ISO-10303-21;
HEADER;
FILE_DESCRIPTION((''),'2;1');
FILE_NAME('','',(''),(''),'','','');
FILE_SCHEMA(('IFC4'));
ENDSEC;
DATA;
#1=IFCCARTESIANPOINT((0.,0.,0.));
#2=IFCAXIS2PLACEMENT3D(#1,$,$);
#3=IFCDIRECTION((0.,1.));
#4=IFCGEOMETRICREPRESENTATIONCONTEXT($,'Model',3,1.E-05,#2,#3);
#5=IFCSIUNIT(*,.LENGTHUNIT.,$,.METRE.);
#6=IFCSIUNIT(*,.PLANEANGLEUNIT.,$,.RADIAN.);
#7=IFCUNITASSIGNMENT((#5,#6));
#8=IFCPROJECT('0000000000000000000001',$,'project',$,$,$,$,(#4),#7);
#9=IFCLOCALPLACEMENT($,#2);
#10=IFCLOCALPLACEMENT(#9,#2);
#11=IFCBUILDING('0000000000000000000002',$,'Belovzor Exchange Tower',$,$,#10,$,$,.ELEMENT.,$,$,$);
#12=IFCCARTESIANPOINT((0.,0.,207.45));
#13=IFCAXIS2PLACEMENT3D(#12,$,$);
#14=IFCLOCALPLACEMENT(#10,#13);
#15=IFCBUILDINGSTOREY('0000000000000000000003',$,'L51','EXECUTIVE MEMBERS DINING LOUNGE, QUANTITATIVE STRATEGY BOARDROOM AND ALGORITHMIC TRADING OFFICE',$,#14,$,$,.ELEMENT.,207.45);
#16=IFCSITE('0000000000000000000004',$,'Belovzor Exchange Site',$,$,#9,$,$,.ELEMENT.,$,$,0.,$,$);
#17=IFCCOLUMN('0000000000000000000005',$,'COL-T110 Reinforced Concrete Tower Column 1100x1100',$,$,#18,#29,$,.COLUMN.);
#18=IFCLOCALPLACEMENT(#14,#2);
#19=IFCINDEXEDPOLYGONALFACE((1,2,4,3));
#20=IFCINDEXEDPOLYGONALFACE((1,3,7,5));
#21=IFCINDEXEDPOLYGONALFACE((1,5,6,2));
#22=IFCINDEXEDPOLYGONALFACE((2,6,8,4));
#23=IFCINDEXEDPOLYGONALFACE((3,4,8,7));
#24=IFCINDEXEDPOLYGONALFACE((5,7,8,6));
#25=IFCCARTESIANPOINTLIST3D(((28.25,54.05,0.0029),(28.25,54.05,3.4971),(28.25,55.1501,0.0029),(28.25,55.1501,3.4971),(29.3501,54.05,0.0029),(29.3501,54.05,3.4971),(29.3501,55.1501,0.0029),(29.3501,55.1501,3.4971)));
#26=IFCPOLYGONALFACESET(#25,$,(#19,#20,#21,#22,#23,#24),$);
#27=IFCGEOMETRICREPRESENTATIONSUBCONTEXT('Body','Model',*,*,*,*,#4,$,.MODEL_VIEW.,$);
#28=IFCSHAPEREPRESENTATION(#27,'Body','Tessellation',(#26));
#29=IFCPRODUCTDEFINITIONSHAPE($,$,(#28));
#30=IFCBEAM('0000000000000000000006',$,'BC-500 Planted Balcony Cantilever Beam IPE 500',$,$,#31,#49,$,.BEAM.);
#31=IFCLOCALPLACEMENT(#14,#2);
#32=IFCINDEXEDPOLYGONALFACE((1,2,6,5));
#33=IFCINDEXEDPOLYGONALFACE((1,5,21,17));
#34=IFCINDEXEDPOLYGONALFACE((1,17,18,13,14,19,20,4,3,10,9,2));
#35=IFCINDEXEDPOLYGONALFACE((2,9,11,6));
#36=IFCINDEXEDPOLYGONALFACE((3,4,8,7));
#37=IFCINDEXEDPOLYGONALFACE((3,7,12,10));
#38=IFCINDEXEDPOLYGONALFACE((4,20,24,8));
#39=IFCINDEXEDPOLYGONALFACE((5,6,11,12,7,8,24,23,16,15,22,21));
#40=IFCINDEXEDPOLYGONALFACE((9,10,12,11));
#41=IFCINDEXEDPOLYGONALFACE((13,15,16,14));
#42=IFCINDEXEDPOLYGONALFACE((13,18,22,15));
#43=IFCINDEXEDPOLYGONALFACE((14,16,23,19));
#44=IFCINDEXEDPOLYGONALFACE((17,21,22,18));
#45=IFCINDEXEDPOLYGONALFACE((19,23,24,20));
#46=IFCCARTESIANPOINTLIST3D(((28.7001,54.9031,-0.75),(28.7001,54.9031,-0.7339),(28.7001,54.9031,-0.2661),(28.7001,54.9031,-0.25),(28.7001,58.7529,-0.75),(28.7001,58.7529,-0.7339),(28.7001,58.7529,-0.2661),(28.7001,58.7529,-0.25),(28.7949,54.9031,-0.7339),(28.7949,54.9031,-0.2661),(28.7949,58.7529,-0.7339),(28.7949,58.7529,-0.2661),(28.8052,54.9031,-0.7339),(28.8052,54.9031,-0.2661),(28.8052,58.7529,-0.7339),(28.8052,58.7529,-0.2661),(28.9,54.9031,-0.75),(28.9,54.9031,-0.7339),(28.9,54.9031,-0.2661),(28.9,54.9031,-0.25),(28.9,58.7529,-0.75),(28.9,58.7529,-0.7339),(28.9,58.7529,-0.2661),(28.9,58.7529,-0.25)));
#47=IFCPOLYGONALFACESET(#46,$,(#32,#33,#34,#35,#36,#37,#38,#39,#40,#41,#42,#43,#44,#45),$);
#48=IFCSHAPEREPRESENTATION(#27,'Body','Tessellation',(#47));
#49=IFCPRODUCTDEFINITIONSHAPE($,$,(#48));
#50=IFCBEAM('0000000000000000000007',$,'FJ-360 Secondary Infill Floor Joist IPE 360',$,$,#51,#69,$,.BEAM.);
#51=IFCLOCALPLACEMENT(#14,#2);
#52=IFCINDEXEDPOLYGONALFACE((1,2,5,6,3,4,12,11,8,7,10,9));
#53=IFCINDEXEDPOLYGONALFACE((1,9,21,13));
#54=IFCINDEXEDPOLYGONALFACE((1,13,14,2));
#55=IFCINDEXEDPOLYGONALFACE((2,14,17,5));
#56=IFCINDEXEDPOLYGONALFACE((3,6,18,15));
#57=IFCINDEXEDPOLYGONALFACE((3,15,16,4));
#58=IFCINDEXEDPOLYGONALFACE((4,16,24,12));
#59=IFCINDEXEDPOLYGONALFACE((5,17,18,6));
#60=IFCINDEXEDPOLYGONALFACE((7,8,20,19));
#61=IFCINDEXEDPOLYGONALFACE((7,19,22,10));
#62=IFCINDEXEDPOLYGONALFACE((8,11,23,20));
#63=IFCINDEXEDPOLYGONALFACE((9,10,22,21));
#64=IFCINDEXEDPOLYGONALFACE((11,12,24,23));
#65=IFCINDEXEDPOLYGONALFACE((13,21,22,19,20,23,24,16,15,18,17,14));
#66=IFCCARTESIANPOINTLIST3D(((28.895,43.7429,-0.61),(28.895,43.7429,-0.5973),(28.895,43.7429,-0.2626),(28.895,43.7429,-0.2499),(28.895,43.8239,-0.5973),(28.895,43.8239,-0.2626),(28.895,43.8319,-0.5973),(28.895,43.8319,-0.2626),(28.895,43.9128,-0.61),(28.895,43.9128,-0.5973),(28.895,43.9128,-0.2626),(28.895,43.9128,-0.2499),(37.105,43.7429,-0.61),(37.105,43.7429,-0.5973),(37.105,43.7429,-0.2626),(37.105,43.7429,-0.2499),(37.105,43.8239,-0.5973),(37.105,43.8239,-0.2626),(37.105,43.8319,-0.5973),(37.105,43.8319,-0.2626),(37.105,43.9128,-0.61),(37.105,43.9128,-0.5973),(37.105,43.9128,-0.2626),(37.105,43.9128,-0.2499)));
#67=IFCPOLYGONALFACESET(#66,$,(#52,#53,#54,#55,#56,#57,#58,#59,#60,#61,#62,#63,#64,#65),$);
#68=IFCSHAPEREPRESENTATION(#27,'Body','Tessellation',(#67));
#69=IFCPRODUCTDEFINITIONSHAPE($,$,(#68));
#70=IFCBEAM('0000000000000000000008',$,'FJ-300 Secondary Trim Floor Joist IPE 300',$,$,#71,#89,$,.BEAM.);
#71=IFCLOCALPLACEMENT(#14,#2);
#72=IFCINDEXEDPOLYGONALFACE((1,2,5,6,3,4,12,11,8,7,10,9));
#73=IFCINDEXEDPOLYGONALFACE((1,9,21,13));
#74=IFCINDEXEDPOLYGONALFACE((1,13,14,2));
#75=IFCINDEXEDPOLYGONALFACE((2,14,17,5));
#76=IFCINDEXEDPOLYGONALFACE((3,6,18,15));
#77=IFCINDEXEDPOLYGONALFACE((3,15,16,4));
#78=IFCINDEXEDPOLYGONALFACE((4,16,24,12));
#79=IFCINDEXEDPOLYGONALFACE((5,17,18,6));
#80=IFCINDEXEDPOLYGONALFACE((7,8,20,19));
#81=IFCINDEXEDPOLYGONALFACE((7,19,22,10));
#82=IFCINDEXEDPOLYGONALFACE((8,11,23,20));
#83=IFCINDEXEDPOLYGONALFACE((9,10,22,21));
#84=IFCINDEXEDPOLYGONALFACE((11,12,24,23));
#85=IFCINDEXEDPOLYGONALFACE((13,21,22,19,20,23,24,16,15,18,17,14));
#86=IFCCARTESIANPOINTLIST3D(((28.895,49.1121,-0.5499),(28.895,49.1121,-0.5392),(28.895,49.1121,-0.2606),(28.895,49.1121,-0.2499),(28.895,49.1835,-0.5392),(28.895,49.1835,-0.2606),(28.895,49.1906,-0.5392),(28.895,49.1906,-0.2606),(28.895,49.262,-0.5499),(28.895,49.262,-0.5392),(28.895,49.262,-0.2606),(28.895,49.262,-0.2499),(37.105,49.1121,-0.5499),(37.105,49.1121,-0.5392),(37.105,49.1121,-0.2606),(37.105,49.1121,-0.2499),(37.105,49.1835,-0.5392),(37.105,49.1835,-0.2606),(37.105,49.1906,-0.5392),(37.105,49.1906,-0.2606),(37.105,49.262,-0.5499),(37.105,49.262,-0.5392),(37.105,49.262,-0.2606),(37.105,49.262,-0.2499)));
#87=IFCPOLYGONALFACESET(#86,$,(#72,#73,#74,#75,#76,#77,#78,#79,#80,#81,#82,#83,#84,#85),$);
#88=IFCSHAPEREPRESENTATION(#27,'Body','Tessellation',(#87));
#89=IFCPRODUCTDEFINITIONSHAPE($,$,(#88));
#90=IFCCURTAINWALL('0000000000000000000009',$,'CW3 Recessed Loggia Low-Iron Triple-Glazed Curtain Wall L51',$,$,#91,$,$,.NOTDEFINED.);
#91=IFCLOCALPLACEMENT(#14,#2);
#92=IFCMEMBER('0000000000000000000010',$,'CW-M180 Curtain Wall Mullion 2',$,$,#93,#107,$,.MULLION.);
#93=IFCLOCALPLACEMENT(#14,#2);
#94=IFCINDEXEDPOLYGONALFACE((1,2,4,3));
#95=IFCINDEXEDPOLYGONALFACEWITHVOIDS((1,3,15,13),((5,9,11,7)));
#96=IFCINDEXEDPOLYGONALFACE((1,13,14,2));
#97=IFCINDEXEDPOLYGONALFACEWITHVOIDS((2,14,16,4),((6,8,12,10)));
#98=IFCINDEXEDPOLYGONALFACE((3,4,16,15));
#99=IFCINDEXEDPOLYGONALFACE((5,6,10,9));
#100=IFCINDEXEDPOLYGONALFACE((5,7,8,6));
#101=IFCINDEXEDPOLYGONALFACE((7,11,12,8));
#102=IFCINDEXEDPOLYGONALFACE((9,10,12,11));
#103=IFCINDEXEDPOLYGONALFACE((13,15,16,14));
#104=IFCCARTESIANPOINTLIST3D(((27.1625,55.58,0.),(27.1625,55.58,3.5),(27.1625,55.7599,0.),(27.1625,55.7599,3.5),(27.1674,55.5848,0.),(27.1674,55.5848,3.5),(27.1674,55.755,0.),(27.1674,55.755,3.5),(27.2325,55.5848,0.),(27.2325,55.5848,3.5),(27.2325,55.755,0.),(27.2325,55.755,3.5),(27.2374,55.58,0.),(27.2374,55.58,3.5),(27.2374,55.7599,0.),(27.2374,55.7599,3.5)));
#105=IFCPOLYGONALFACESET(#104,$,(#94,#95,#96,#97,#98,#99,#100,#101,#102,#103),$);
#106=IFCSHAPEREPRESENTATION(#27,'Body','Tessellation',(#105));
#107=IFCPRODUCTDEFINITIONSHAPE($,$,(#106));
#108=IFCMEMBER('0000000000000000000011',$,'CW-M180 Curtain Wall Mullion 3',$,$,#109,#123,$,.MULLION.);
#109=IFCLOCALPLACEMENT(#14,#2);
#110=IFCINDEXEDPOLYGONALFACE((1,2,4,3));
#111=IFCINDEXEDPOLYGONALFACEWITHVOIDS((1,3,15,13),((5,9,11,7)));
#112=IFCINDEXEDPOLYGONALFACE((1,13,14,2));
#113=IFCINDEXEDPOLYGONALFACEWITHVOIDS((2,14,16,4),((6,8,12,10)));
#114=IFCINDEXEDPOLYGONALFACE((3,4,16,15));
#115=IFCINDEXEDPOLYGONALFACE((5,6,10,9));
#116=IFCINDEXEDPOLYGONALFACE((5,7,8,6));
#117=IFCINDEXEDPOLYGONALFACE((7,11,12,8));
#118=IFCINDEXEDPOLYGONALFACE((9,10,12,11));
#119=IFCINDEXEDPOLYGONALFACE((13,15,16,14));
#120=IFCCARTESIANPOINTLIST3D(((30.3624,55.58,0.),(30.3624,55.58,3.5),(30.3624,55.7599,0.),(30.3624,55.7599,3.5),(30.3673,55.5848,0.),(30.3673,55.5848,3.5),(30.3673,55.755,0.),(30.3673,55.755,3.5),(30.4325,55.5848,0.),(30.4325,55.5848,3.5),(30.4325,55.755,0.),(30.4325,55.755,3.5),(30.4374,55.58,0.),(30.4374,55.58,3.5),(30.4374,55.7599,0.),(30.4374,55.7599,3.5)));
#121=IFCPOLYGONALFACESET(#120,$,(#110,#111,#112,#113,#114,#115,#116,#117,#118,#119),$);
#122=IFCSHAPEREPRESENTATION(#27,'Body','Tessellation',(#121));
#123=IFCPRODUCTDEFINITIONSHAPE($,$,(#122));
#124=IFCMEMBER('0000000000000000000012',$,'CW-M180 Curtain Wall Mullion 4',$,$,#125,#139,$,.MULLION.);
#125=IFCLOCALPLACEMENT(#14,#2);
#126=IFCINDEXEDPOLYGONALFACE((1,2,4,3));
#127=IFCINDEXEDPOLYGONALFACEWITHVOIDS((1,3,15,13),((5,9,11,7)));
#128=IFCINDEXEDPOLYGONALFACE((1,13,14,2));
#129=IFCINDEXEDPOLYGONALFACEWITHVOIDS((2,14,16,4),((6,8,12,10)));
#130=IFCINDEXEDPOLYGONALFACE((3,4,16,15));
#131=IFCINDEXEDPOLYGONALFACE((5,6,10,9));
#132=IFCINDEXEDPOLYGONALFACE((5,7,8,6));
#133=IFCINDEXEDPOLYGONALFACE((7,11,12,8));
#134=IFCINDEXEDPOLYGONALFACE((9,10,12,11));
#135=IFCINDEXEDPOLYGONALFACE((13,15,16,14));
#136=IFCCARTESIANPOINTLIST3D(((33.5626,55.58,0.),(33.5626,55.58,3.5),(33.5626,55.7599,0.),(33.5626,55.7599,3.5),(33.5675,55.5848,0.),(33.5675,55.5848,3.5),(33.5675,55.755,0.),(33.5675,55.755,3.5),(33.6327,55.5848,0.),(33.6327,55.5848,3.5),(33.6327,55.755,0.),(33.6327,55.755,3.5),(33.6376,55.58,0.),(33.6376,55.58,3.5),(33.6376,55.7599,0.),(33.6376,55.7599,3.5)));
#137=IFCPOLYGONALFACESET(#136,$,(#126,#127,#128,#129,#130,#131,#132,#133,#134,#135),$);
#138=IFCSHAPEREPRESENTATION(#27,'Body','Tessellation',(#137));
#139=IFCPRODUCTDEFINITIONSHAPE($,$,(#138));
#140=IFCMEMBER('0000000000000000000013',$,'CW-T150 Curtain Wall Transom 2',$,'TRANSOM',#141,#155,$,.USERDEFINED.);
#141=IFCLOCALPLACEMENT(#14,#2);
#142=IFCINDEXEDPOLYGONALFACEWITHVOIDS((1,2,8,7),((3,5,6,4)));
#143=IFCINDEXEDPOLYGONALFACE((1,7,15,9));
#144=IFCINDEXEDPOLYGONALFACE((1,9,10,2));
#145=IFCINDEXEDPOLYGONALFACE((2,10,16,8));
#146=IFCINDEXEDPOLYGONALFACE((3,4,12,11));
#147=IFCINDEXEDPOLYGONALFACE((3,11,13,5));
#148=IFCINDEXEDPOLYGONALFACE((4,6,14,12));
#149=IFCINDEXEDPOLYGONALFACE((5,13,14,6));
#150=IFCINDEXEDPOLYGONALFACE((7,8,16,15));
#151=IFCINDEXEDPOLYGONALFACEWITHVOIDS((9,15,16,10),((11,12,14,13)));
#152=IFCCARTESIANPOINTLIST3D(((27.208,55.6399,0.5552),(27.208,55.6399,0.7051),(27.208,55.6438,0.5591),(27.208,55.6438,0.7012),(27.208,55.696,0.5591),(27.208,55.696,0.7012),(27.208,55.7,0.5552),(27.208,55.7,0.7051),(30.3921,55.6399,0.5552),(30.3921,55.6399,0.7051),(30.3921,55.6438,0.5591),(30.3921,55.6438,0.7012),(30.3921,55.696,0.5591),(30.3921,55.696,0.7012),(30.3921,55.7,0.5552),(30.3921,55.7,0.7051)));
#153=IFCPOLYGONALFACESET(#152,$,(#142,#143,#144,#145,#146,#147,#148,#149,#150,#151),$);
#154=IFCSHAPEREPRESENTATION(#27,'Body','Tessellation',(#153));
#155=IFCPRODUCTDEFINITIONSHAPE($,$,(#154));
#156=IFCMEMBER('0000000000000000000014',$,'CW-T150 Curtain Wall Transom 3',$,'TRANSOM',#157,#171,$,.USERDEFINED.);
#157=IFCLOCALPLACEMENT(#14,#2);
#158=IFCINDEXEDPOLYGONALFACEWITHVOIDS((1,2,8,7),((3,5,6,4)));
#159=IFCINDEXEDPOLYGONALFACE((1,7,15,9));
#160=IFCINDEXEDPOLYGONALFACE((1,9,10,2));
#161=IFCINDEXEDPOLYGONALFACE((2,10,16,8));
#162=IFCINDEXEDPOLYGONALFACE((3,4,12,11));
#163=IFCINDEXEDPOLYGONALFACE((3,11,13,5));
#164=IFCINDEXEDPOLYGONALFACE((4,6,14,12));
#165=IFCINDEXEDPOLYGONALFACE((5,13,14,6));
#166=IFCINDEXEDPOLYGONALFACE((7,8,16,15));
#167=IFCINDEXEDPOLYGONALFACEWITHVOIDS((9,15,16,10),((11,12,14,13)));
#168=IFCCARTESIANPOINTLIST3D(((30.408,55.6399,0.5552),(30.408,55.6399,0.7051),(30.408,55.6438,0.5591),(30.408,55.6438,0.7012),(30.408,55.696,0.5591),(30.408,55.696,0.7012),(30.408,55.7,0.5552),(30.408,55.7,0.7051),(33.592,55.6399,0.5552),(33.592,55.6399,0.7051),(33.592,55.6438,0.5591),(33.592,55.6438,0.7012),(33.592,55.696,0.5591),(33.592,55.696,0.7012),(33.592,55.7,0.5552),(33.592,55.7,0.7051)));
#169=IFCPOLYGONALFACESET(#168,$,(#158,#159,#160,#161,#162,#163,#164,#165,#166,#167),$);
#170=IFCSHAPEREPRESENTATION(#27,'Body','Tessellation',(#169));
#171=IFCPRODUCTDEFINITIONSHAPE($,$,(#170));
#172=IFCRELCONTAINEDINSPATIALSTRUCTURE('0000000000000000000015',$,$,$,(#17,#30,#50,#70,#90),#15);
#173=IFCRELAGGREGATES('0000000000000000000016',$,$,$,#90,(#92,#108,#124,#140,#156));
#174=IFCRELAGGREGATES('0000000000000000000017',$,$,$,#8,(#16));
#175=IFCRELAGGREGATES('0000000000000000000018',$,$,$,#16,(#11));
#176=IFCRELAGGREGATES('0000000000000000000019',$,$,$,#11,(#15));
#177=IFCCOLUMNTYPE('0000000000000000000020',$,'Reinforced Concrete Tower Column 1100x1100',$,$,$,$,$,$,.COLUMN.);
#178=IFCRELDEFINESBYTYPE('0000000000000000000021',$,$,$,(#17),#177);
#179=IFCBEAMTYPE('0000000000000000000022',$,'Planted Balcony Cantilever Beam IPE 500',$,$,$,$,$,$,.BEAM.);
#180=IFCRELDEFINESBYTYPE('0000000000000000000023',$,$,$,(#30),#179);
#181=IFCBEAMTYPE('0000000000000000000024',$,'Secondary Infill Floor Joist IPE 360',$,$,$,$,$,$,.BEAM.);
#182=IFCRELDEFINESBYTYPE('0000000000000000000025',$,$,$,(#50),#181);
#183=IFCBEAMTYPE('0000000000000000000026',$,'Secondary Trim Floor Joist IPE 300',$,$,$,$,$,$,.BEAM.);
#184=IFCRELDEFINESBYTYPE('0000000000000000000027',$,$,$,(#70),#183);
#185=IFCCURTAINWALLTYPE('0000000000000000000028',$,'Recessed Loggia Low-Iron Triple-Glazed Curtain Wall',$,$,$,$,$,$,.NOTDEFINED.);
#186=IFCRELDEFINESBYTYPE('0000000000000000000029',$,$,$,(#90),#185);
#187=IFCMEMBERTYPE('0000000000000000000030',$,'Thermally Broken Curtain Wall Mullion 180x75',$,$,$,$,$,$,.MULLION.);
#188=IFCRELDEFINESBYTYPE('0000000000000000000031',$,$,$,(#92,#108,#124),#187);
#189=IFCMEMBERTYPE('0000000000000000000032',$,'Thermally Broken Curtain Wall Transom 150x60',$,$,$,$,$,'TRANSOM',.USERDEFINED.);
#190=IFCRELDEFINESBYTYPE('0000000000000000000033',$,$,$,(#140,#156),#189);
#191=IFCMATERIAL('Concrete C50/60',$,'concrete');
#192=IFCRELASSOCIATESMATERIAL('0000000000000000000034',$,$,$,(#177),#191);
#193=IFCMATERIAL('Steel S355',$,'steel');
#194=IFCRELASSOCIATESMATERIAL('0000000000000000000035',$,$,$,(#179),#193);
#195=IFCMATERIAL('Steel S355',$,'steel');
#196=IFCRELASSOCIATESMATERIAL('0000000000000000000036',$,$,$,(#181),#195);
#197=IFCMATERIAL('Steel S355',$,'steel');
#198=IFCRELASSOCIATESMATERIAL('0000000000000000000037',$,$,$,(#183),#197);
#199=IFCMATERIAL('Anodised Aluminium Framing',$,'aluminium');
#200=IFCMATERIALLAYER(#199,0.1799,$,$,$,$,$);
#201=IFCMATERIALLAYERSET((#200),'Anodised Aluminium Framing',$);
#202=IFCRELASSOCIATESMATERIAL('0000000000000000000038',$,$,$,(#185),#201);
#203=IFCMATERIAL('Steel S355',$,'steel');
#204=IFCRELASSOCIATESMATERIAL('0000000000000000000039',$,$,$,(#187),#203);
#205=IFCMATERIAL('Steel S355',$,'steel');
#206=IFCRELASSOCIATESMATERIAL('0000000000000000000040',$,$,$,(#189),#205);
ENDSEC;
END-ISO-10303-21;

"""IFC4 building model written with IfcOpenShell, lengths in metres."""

from ifc_helpers import new_model, si_unit, direction, frame, origin, origin_2d, place, context, subcontext, project, spatial, rectangle, hollow_rectangle, i_section, extrude, material, layer, layer_set, material_profile, profile_set, type_object, element, aggregate, save


model = new_model("IFC4")

# Units and contexts
model_context = context("Model", 3, precision=1e-05, world=origin(), true_north=direction((0.0, 1.0)))
body_context = subcontext(model_context, "Body", "Model", "MODEL_VIEW")
ifc_project = project(units=[si_unit("LENGTHUNIT", "METRE"), si_unit("PLANEANGLEUNIT", "RADIAN")], contexts=[model_context])

# Site, building, storey
site_placement = place(None, origin())
site = spatial("IfcSite", under=ifc_project, at=site_placement, Name="Belovzor Exchange Site", CompositionType="ELEMENT", RefElevation=0.0)
building_placement = place(site_placement, origin())
building = spatial("IfcBuilding", under=site, at=building_placement, Name="Belovzor Exchange Tower", CompositionType="ELEMENT")
storey_placement = place(building_placement, frame((0.0, 0.0, 207.45)))
storey = spatial("IfcBuildingStorey", under=building, at=storey_placement, Name="L51", Description="EXECUTIVE MEMBERS DINING LOUNGE, QUANTITATIVE STRATEGY BOARDROOM AND ALGORITHMIC TRADING OFFICE", CompositionType="ELEMENT", Elevation=207.45)

# Column
ifc_material_1 = material(Name="Concrete C50/60", Category="concrete")
ifc_material_profile_1 = material_profile(ifc_material_1, rectangle(XDim=1.1001, YDim=1.1001, at=origin_2d()))
ifc_profile_set_1 = profile_set([ifc_material_profile_1], Name="Concrete C50/60")
column_type = type_object("IfcColumnType", Name="Reinforced Concrete Tower Column 1100x1100", PredefinedType="COLUMN", material=ifc_profile_set_1)
column_placement = place(storey_placement, frame((28.8, 54.6001, 0.0029), z_axis=(0.0, 0.0, 1.0), x_axis=(1.0, 0.0, 0.0)))
element("IfcColumn", 1, at=column_placement, inside=storey, type_object=column_type, Name="COL-T110 Reinforced Concrete Tower Column 1100x1100", PredefinedType="COLUMN", context=body_context, shape_type="SweptSolid", body=[
    extrude(rectangle(XDim=1.1001, YDim=1.1001, at=origin_2d()), origin(), (0.0, 0.0, 1.0), 3.4941),
])

# Beams
ifc_material_2 = material(Name="Steel S355", Category="steel")
ifc_material_profile_2 = material_profile(ifc_material_2, i_section(OverallWidth=0.2, OverallDepth=0.5, WebThickness=0.0103, FlangeThickness=0.0161, at=origin_2d()))
ifc_profile_set_2 = profile_set([ifc_material_profile_2], Name="Steel S355")
beam_type_1 = type_object("IfcBeamType", Name="Planted Balcony Cantilever Beam IPE 500", PredefinedType="BEAM", material=ifc_profile_set_2)
beam_1_placement = place(storey_placement, frame((28.8, 54.9031, -0.5), z_axis=(0.0, 1.0, 0.0), x_axis=(-1.0, 0.0, 0.0)))
element("IfcBeam", 2, at=beam_1_placement, inside=storey, type_object=beam_type_1, Name="BC-500 Planted Balcony Cantilever Beam IPE 500", PredefinedType="BEAM", context=body_context, shape_type="SweptSolid", body=[
    extrude(i_section(OverallWidth=0.2, OverallDepth=0.5, WebThickness=0.0103, FlangeThickness=0.0161, at=origin_2d()), origin(), (0.0, 0.0, 1.0), 3.8499),
])
ifc_material_3 = material(Name="Steel S355", Category="steel")
ifc_material_profile_3 = material_profile(ifc_material_3, i_section(OverallWidth=0.1699, OverallDepth=0.3601, WebThickness=0.0081, FlangeThickness=0.0127, at=origin_2d()))
ifc_profile_set_3 = profile_set([ifc_material_profile_3], Name="Steel S355")
beam_type_2 = type_object("IfcBeamType", Name="Secondary Infill Floor Joist IPE 360", PredefinedType="BEAM", material=ifc_profile_set_3)
beam_2_placement = place(storey_placement, frame((28.895, 43.8279, -0.4299), z_axis=(1.0, 0.0, 0.0), x_axis=(0.0, 1.0, 0.0)))
element("IfcBeam", 3, at=beam_2_placement, inside=storey, type_object=beam_type_2, Name="FJ-360 Secondary Infill Floor Joist IPE 360", PredefinedType="BEAM", context=body_context, shape_type="SweptSolid", body=[
    extrude(i_section(OverallWidth=0.1699, OverallDepth=0.3601, WebThickness=0.0081, FlangeThickness=0.0127, at=origin_2d()), origin(), (0.0, 0.0, 1.0), 8.21),
])
ifc_material_4 = material(Name="Steel S355", Category="steel")
ifc_material_profile_4 = material_profile(ifc_material_4, i_section(OverallWidth=0.1499, OverallDepth=0.3, WebThickness=0.0071, FlangeThickness=0.0107, at=origin_2d()))
ifc_profile_set_4 = profile_set([ifc_material_profile_4], Name="Steel S355")
beam_type_3 = type_object("IfcBeamType", Name="Secondary Trim Floor Joist IPE 300", PredefinedType="BEAM", material=ifc_profile_set_4)
beam_3_placement = place(storey_placement, frame((28.895, 49.187, -0.3999), z_axis=(1.0, 0.0, 0.0), x_axis=(0.0, 1.0, 0.0)))
element("IfcBeam", 4, at=beam_3_placement, inside=storey, type_object=beam_type_3, Name="FJ-300 Secondary Trim Floor Joist IPE 300", PredefinedType="BEAM", context=body_context, shape_type="SweptSolid", body=[
    extrude(i_section(OverallWidth=0.1499, OverallDepth=0.3, WebThickness=0.0071, FlangeThickness=0.0107, at=origin_2d()), origin(), (0.0, 0.0, 1.0), 8.21),
])

# Curtain wall, members
ifc_material_5 = material(Name="Anodised Aluminium Framing", Category="aluminium")
ifc_layer_1 = layer(ifc_material_5, 0.1799)
ifc_layer_set_1 = layer_set([ifc_layer_1], Name="Anodised Aluminium Framing")
curtain_wall_type = type_object("IfcCurtainWallType", Name="Recessed Loggia Low-Iron Triple-Glazed Curtain Wall", PredefinedType="NOTDEFINED", material=ifc_layer_set_1)
curtain_wall_placement = place(storey_placement, origin())
curtain_wall = element("IfcCurtainWall", 5, at=curtain_wall_placement, inside=storey, type_object=curtain_wall_type, Name="CW3 Recessed Loggia Low-Iron Triple-Glazed Curtain Wall L51", PredefinedType="NOTDEFINED")
ifc_material_6 = material(Name="Steel S355", Category="steel")
ifc_material_profile_5 = material_profile(ifc_material_6, hollow_rectangle(XDim=0.075, YDim=0.1799, WallThickness=0.0049, at=origin_2d()))
ifc_profile_set_5 = profile_set([ifc_material_profile_5], Name="Steel S355")
member_type_1 = type_object("IfcMemberType", Name="Thermally Broken Curtain Wall Mullion 180x75", PredefinedType="MULLION", material=ifc_profile_set_5)
member_1_placement = place(storey_placement, frame((27.2, 55.6699, 0.0), z_axis=(0.0, 0.0, 1.0), x_axis=(1.0, 0.0, 0.0)))
member_1 = element("IfcMember", 6, at=member_1_placement, type_object=member_type_1, Name="CW-M180 Curtain Wall Mullion 2", PredefinedType="MULLION", context=body_context, shape_type="SweptSolid", body=[
    extrude(hollow_rectangle(XDim=0.075, YDim=0.1799, WallThickness=0.0049, at=origin_2d()), origin(), (0.0, 0.0, 1.0), 3.5),
])
member_2_placement = place(storey_placement, frame((30.3999, 55.6699, 0.0), z_axis=(0.0, 0.0, 1.0), x_axis=(1.0, 0.0, 0.0)))
member_2 = element("IfcMember", 7, at=member_2_placement, type_object=member_type_1, Name="CW-M180 Curtain Wall Mullion 3", PredefinedType="MULLION", context=body_context, shape_type="SweptSolid", body=[
    extrude(hollow_rectangle(XDim=0.075, YDim=0.1799, WallThickness=0.0049, at=origin_2d()), origin(), (0.0, 0.0, 1.0), 3.5),
])
member_3_placement = place(storey_placement, frame((33.6001, 55.6699, 0.0), z_axis=(0.0, 0.0, 1.0), x_axis=(1.0, 0.0, 0.0)))
member_3 = element("IfcMember", 8, at=member_3_placement, type_object=member_type_1, Name="CW-M180 Curtain Wall Mullion 4", PredefinedType="MULLION", context=body_context, shape_type="SweptSolid", body=[
    extrude(hollow_rectangle(XDim=0.075, YDim=0.1799, WallThickness=0.0049, at=origin_2d()), origin(), (0.0, 0.0, 1.0), 3.5),
])
ifc_material_7 = material(Name="Steel S355", Category="steel")
ifc_material_profile_6 = material_profile(ifc_material_7, hollow_rectangle(XDim=0.0601, YDim=0.1499, WallThickness=0.0039, at=origin_2d()))
ifc_profile_set_6 = profile_set([ifc_material_profile_6], Name="Steel S355")
member_type_2 = type_object("IfcMemberType", Name="Thermally Broken Curtain Wall Transom 150x60", ElementType="TRANSOM", PredefinedType="USERDEFINED", material=ifc_profile_set_6)
member_4_placement = place(storey_placement, frame((27.208, 55.6699, 0.6301), z_axis=(1.0, 0.0, 0.0), x_axis=(0.0, 1.0, 0.0)))
member_4 = element("IfcMember", 9, at=member_4_placement, type_object=member_type_2, Name="CW-T150 Curtain Wall Transom 2", ObjectType="TRANSOM", PredefinedType="USERDEFINED", context=body_context, shape_type="SweptSolid", body=[
    extrude(hollow_rectangle(XDim=0.0601, YDim=0.1499, WallThickness=0.0039, at=origin_2d()), origin(), (0.0, 0.0, 1.0), 3.1841),
])
member_5_placement = place(storey_placement, frame((30.408, 55.6699, 0.6301), z_axis=(1.0, 0.0, 0.0), x_axis=(0.0, 1.0, 0.0)))
member_5 = element("IfcMember", 10, at=member_5_placement, type_object=member_type_2, Name="CW-T150 Curtain Wall Transom 3", ObjectType="TRANSOM", PredefinedType="USERDEFINED", context=body_context, shape_type="SweptSolid", body=[
    extrude(hollow_rectangle(XDim=0.0601, YDim=0.1499, WallThickness=0.0039, at=origin_2d()), origin(), (0.0, 0.0, 1.0), 3.1841),
])

aggregate(curtain_wall, [member_1, member_2, member_3, member_4, member_5])

save(model, "model.ifc")
